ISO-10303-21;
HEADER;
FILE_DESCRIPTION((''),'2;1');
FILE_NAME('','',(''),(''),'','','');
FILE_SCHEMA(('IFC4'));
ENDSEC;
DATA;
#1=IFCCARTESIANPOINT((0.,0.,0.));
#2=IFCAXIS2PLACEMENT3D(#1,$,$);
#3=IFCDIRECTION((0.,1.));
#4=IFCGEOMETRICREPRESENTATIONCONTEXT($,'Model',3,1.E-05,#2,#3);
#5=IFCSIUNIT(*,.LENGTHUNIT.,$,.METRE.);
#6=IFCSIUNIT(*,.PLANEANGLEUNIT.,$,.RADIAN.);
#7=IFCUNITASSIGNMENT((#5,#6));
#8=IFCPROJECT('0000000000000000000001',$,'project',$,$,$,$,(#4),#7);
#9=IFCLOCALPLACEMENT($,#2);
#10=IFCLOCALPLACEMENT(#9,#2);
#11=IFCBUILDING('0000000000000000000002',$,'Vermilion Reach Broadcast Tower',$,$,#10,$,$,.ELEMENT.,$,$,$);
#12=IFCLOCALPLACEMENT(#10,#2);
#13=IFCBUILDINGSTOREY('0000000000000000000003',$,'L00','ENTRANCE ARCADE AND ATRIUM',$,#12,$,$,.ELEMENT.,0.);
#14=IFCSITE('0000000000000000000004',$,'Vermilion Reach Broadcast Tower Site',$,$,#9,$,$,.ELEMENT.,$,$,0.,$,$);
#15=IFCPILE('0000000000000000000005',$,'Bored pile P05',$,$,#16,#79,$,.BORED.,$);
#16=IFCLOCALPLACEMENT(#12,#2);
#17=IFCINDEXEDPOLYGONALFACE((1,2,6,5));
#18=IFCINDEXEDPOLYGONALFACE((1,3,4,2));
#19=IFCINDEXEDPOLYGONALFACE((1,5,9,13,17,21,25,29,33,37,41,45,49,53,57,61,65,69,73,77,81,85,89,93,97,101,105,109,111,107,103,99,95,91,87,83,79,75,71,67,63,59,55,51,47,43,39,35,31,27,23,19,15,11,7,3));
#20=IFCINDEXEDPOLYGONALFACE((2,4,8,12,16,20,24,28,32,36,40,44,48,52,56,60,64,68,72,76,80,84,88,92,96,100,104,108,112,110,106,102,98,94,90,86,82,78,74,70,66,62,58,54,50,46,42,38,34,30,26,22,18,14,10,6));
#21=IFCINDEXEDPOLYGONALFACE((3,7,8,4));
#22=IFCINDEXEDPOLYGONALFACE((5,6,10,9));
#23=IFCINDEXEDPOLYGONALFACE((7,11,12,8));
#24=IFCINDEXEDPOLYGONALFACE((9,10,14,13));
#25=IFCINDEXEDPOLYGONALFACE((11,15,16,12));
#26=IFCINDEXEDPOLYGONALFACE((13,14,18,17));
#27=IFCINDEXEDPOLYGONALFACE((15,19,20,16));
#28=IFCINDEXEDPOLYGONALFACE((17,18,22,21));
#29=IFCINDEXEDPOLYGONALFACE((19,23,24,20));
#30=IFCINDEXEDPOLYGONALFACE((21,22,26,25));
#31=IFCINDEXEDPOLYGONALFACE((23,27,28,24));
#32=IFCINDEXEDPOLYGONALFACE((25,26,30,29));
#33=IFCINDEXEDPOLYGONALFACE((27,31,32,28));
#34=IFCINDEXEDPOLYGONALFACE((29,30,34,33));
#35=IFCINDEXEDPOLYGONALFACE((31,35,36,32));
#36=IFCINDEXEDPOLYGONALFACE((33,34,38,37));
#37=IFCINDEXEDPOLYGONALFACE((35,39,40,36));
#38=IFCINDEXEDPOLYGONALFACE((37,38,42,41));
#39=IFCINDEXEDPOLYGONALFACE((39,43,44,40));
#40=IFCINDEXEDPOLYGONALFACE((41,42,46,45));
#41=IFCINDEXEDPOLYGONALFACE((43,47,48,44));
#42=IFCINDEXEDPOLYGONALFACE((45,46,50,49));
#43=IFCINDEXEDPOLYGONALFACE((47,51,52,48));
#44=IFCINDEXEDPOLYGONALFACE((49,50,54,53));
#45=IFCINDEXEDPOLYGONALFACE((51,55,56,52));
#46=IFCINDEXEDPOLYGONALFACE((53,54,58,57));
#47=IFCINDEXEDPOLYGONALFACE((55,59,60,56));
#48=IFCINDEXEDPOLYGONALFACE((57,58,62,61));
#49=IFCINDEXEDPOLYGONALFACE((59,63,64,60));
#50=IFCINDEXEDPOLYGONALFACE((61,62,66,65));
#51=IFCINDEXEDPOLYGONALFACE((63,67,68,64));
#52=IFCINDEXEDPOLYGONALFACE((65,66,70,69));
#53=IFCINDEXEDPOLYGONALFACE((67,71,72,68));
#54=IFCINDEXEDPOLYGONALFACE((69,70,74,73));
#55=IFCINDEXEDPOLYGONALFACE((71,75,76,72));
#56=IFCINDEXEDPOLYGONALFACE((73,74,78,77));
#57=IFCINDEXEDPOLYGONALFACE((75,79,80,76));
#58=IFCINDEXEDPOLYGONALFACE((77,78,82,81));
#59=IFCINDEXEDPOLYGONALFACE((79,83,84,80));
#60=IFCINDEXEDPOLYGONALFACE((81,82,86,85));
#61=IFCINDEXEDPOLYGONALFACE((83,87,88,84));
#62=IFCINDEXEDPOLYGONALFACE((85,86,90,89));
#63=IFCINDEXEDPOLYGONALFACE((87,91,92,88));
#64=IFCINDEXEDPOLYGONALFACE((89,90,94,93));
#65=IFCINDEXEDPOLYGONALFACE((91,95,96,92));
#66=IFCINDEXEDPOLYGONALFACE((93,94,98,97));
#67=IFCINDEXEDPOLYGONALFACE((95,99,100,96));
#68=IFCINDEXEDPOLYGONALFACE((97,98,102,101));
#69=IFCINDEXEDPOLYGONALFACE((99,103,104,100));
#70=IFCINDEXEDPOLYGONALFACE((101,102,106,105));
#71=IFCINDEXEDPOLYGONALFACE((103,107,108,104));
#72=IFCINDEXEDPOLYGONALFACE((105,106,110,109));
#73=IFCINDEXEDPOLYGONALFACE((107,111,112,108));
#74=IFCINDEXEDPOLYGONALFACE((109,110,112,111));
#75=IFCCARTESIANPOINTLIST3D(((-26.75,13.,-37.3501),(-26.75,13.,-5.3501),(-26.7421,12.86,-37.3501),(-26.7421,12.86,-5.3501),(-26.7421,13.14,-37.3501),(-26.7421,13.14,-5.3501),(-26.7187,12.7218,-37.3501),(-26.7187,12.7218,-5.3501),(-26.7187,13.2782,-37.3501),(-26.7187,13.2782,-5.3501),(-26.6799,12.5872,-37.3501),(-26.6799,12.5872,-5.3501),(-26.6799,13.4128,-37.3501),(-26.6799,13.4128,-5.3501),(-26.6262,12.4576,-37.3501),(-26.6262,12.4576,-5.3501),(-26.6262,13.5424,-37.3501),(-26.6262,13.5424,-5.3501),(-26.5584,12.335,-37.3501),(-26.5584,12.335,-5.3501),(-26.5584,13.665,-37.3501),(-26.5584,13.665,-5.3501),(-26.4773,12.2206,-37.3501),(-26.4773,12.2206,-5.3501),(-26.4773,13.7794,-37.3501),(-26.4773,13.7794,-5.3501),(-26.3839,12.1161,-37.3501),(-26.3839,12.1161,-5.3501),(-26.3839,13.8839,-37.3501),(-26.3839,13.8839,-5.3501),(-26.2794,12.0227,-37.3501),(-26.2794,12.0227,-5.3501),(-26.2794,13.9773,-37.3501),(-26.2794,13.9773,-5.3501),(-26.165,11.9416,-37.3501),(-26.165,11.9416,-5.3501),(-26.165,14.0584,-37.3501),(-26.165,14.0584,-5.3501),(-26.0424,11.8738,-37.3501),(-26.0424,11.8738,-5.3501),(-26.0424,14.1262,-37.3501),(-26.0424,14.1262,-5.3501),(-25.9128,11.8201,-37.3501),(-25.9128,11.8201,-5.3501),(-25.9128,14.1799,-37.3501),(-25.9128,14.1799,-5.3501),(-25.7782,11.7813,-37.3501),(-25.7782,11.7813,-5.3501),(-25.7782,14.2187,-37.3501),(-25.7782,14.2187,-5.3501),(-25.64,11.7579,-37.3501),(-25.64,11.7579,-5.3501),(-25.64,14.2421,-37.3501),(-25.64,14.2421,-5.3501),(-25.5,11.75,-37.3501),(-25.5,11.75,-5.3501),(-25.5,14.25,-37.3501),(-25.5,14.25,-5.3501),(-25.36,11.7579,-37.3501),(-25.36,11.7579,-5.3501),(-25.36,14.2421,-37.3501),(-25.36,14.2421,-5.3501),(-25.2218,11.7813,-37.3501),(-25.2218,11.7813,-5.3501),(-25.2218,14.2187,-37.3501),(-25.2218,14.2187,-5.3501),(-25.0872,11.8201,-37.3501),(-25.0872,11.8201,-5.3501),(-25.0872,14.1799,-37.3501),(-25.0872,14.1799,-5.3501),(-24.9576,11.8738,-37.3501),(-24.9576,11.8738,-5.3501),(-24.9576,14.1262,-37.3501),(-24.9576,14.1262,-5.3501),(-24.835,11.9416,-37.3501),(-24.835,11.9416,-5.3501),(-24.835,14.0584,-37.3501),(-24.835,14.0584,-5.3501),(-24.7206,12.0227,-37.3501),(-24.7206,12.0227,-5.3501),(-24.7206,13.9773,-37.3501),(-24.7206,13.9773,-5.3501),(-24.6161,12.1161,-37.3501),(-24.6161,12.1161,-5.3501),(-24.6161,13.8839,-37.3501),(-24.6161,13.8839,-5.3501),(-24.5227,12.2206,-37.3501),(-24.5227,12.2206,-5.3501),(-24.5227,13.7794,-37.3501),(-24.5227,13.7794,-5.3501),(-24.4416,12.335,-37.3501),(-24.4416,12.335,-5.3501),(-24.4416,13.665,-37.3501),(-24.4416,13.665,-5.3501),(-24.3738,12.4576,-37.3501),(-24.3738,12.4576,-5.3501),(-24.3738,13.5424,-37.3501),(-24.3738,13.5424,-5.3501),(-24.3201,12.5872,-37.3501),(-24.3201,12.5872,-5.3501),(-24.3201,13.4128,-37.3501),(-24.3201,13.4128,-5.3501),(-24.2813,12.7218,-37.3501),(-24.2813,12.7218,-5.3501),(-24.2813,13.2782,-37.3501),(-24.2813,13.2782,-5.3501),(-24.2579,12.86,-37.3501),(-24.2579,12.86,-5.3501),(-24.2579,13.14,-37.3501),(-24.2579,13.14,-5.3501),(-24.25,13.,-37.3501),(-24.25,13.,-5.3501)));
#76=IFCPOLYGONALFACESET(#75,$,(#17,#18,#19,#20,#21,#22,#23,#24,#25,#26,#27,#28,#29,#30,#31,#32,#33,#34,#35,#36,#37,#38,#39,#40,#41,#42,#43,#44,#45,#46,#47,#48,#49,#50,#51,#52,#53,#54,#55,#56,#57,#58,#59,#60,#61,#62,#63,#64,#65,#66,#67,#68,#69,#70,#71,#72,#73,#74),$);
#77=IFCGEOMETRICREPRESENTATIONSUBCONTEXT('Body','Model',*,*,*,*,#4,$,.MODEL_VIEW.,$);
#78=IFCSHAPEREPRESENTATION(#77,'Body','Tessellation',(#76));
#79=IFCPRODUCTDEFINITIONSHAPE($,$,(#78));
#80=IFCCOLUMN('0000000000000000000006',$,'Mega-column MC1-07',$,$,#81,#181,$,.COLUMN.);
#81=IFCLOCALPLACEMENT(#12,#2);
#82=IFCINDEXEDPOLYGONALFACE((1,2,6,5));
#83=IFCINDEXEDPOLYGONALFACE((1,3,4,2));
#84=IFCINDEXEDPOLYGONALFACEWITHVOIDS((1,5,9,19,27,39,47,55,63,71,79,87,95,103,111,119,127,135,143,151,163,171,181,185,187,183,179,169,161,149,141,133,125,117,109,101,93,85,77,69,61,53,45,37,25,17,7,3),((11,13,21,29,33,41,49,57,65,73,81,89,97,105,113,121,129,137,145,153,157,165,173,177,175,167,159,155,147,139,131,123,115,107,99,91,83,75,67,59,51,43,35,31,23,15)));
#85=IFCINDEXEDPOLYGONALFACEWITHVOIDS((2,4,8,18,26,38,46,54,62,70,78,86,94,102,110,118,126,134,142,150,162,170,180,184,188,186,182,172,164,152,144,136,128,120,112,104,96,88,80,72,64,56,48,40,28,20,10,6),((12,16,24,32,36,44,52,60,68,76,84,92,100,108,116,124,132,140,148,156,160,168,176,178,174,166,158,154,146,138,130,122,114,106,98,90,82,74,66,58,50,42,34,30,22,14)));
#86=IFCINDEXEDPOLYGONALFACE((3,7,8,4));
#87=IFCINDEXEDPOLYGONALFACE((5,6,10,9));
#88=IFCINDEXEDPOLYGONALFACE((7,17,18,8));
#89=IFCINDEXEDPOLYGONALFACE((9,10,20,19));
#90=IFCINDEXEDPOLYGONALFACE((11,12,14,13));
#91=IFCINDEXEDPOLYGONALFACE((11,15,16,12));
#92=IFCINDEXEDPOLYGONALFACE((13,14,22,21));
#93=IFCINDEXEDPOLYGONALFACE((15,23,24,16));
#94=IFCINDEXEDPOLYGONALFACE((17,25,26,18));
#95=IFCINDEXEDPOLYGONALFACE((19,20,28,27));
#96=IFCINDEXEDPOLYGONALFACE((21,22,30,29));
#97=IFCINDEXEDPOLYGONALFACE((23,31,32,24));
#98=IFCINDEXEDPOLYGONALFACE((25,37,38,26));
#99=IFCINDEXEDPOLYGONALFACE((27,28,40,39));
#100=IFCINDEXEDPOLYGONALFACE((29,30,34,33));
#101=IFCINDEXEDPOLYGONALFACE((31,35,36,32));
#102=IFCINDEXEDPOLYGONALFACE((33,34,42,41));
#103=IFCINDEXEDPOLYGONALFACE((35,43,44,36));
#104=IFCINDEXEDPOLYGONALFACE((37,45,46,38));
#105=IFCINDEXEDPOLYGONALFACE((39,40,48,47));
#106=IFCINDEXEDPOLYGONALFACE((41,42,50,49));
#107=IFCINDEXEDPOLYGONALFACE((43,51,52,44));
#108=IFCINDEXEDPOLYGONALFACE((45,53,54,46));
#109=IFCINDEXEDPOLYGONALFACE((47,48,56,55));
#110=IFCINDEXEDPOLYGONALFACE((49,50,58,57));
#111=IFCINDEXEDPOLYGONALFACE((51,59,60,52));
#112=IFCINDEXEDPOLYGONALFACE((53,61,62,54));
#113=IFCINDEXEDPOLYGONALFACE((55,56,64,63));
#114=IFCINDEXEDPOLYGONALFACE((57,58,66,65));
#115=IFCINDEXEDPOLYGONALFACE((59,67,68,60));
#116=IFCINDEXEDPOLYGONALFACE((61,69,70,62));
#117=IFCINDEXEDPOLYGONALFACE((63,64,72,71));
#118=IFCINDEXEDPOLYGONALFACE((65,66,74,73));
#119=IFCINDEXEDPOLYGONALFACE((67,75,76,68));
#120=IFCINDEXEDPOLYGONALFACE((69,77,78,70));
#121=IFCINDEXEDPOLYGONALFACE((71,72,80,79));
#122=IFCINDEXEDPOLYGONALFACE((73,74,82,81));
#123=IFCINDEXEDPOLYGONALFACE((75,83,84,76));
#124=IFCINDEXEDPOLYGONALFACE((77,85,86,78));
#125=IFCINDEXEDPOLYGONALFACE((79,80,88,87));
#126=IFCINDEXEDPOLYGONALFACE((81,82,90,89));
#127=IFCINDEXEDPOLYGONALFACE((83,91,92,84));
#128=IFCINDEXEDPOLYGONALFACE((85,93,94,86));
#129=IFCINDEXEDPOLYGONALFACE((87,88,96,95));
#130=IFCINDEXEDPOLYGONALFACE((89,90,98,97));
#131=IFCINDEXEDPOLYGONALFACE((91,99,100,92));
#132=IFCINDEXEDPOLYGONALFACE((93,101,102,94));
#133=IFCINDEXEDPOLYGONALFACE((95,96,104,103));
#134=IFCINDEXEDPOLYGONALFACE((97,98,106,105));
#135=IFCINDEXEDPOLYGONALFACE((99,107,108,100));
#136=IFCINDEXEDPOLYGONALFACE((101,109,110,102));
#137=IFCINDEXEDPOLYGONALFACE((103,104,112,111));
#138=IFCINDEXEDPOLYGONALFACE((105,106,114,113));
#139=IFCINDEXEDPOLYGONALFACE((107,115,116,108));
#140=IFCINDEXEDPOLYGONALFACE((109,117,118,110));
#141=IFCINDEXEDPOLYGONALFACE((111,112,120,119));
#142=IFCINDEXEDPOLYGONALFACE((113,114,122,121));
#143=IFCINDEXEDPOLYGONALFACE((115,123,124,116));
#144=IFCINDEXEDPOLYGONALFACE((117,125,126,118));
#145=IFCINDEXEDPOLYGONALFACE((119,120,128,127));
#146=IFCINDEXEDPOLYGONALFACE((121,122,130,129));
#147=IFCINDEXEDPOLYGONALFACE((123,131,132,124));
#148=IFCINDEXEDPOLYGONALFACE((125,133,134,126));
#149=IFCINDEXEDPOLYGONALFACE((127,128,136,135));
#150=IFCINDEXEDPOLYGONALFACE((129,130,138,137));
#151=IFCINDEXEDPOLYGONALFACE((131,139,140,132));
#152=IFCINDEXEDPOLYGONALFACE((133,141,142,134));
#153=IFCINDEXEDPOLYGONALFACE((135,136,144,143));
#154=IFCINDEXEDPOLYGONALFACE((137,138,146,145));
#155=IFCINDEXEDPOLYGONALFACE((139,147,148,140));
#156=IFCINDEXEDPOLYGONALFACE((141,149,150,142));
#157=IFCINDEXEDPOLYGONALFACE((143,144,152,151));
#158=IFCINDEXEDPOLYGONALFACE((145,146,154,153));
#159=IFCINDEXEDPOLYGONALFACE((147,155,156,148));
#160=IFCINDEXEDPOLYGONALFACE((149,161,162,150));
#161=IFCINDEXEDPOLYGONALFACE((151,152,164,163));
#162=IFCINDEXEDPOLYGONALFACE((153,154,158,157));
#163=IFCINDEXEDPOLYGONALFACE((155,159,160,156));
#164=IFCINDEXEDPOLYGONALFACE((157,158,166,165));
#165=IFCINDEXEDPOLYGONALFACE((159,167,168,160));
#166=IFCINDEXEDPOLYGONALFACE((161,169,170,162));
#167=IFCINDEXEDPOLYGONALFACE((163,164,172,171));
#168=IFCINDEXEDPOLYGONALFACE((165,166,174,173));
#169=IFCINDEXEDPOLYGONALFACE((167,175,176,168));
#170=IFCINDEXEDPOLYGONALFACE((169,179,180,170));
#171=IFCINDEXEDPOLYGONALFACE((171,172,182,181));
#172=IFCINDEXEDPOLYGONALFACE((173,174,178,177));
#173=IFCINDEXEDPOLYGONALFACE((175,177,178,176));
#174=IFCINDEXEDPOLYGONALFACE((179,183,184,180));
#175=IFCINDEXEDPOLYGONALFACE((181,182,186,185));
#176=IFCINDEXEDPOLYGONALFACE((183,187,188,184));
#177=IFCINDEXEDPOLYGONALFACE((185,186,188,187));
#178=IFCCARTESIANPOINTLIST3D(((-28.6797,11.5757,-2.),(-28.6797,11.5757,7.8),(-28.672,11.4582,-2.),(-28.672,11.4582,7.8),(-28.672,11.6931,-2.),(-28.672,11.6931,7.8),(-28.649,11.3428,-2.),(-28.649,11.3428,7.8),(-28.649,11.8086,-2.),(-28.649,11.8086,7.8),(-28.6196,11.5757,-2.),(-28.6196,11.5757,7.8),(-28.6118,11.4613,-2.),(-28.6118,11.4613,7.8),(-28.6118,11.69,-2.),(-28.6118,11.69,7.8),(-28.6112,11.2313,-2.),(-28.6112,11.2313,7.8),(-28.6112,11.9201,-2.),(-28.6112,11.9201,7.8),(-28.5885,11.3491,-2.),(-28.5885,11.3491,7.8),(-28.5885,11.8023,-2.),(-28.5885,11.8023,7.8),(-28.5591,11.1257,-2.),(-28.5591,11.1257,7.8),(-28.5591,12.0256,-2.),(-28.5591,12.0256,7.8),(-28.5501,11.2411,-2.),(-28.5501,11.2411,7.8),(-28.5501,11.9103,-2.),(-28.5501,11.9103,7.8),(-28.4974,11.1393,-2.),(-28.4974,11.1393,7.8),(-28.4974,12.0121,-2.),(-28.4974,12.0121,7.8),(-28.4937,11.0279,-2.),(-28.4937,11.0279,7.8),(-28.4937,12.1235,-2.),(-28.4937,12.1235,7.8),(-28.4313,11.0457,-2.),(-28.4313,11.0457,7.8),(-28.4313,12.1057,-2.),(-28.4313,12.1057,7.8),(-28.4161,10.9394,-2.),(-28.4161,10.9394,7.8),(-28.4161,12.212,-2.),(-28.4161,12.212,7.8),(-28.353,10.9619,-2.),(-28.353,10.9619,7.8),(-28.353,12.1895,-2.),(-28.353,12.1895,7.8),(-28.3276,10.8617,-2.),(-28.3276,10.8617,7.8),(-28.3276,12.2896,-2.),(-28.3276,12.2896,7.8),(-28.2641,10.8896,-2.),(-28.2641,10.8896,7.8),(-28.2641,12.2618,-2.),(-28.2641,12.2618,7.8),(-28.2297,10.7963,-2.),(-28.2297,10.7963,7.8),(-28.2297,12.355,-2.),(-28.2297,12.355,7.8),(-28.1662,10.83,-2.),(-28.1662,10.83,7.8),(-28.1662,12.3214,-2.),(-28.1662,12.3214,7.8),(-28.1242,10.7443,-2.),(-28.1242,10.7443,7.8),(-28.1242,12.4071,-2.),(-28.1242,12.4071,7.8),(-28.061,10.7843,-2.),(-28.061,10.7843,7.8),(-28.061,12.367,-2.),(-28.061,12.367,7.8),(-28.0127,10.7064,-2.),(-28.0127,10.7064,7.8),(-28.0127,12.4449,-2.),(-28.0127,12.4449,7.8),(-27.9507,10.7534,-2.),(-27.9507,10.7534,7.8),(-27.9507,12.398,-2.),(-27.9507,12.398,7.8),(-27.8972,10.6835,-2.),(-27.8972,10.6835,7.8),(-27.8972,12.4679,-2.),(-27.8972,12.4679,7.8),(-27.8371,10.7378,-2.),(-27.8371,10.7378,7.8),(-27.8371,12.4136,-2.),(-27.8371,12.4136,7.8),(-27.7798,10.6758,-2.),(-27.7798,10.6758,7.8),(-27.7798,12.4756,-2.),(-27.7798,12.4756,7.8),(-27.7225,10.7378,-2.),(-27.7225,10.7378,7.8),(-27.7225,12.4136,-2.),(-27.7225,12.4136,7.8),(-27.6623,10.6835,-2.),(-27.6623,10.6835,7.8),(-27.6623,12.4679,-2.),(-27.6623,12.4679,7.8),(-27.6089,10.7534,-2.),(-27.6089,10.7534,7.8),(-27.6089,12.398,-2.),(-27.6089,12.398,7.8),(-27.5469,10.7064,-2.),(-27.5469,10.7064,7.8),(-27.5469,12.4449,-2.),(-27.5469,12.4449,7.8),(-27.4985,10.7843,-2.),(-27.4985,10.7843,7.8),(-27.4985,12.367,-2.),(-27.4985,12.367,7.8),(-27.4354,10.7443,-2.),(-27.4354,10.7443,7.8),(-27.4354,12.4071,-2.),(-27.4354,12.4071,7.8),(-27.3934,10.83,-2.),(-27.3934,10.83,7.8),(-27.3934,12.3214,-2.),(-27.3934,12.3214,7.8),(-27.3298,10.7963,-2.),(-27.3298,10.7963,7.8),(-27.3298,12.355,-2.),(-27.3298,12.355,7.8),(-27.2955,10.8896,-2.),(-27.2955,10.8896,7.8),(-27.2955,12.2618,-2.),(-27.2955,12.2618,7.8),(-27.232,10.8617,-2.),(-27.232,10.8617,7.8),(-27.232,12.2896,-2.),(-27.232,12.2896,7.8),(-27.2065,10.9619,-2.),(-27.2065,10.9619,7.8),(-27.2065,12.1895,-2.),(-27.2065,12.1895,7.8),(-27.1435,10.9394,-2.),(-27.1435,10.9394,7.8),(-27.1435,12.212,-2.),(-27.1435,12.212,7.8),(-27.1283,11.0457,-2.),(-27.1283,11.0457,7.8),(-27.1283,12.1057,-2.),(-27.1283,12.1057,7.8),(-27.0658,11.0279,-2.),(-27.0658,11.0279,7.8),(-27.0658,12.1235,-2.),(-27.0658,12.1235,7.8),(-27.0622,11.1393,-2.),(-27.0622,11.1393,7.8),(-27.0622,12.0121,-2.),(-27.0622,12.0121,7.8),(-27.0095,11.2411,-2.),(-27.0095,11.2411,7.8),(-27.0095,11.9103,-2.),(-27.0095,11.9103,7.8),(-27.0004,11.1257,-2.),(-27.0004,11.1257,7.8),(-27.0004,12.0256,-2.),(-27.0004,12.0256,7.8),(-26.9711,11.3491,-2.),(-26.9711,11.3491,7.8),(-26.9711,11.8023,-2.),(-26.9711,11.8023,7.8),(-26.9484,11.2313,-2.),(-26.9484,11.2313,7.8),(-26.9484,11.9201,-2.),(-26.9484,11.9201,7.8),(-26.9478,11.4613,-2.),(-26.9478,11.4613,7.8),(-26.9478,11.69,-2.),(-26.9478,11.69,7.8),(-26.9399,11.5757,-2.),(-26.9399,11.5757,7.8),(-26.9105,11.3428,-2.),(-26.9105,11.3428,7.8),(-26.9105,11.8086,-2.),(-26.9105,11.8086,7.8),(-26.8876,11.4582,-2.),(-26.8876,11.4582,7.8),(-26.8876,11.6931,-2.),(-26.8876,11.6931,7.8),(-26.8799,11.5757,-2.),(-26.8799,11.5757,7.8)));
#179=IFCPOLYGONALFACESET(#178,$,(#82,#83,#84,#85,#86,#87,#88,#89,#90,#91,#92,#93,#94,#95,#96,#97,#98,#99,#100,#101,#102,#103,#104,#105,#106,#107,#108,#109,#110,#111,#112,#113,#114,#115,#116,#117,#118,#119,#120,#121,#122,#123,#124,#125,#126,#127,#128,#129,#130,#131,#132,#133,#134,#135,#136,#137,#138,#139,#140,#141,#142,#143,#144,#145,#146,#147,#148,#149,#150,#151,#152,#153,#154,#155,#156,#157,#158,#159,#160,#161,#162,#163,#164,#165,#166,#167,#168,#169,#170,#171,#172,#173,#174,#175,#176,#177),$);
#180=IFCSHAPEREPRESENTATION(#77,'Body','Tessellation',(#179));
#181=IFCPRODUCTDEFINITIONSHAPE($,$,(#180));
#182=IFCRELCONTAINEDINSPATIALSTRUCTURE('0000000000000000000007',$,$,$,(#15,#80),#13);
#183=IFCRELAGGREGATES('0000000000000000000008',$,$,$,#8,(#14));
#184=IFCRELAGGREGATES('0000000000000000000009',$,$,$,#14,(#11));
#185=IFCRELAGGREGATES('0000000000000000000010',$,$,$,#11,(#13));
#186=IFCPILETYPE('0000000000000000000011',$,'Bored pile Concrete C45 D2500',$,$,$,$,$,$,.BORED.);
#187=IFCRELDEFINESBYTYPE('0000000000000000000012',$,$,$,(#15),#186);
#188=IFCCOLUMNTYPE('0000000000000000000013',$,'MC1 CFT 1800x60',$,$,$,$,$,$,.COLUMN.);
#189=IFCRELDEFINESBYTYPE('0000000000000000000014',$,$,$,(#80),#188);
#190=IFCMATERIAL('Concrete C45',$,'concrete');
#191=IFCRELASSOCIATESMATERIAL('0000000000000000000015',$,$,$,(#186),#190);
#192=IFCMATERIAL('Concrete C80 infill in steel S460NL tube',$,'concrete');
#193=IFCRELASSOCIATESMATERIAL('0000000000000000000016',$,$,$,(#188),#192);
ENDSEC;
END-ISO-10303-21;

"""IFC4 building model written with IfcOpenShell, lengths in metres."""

from ifc_helpers import new_model, si_unit, direction, frame, origin, origin_2d, place, context, subcontext, project, spatial, circle, hollow_circle, extrude, material, material_profile, profile_set, type_object, element, save


model = new_model("IFC4")

# Units and contexts
model_context = context("Model", 3, precision=1e-05, world=origin(), true_north=direction((0.0, 1.0)))
body_context = subcontext(model_context, "Body", "Model", "MODEL_VIEW")
ifc_project = project(units=[si_unit("LENGTHUNIT", "METRE"), si_unit("PLANEANGLEUNIT", "RADIAN")], contexts=[model_context])

# Site, building, storey
site_placement = place(None, origin())
site = spatial("IfcSite", under=ifc_project, at=site_placement, Name="Vermilion Reach Broadcast Tower Site", CompositionType="ELEMENT", RefElevation=0.0)
building_placement = place(site_placement, origin())
building = spatial("IfcBuilding", under=site, at=building_placement, Name="Vermilion Reach Broadcast Tower", CompositionType="ELEMENT")
storey_placement = place(building_placement, origin())
storey = spatial("IfcBuildingStorey", under=building, at=storey_placement, Name="L00", Description="ENTRANCE ARCADE AND ATRIUM", CompositionType="ELEMENT", Elevation=0.0)

# Pile
ifc_material_1 = material(Name="Concrete C45", Category="concrete")
ifc_material_profile_1 = material_profile(ifc_material_1, circle(Radius=1.25, at=origin_2d()), Name="Concrete C45 D2500")
ifc_profile_set_1 = profile_set([ifc_material_profile_1], Name="Concrete C45")
pile_type = type_object("IfcPileType", Name="Bored pile Concrete C45 D2500", PredefinedType="BORED", material=ifc_profile_set_1)
pile_placement = place(storey_placement, frame((-25.5, 13.0, -5.3501), z_axis=(0.0, 0.0, -1.0), x_axis=(1.0, 0.0, 0.0)))
element("IfcPile", 1, at=pile_placement, inside=storey, type_object=pile_type, Name="Bored pile P05", PredefinedType="BORED", context=body_context, shape_type="SweptSolid", body=[
    extrude(circle(Radius=1.25, at=origin_2d()), origin(), (0.0, 0.0, 1.0), 32.0),
])

# Column
ifc_material_2 = material(Name="Concrete C80 infill in steel S460NL tube", Category="concrete")
ifc_material_profile_2 = material_profile(ifc_material_2, hollow_circle(Radius=0.8999, WallThickness=0.0601, at=origin_2d()), Name="Concrete C80 infill in steel S460NL tube CFT 1800x60")
ifc_profile_set_2 = profile_set([ifc_material_profile_2], Name="Concrete C80 infill in steel S460NL tube")
column_type = type_object("IfcColumnType", Name="MC1 CFT 1800x60", PredefinedType="COLUMN", material=ifc_profile_set_2)
column_placement = place(storey_placement, frame((-27.7798, 11.5757, -2.0), z_axis=(0.0, 0.0, 1.0), x_axis=(1.0, 0.0, 0.0)))
element("IfcColumn", 2, at=column_placement, inside=storey, type_object=column_type, Name="Mega-column MC1-07", PredefinedType="COLUMN", context=body_context, shape_type="SweptSolid", body=[
    extrude(hollow_circle(Radius=0.8999, WallThickness=0.0601, at=origin_2d()), origin(), (0.0, 0.0, 1.0), 9.8),
])

save(model, "model.ifc")
